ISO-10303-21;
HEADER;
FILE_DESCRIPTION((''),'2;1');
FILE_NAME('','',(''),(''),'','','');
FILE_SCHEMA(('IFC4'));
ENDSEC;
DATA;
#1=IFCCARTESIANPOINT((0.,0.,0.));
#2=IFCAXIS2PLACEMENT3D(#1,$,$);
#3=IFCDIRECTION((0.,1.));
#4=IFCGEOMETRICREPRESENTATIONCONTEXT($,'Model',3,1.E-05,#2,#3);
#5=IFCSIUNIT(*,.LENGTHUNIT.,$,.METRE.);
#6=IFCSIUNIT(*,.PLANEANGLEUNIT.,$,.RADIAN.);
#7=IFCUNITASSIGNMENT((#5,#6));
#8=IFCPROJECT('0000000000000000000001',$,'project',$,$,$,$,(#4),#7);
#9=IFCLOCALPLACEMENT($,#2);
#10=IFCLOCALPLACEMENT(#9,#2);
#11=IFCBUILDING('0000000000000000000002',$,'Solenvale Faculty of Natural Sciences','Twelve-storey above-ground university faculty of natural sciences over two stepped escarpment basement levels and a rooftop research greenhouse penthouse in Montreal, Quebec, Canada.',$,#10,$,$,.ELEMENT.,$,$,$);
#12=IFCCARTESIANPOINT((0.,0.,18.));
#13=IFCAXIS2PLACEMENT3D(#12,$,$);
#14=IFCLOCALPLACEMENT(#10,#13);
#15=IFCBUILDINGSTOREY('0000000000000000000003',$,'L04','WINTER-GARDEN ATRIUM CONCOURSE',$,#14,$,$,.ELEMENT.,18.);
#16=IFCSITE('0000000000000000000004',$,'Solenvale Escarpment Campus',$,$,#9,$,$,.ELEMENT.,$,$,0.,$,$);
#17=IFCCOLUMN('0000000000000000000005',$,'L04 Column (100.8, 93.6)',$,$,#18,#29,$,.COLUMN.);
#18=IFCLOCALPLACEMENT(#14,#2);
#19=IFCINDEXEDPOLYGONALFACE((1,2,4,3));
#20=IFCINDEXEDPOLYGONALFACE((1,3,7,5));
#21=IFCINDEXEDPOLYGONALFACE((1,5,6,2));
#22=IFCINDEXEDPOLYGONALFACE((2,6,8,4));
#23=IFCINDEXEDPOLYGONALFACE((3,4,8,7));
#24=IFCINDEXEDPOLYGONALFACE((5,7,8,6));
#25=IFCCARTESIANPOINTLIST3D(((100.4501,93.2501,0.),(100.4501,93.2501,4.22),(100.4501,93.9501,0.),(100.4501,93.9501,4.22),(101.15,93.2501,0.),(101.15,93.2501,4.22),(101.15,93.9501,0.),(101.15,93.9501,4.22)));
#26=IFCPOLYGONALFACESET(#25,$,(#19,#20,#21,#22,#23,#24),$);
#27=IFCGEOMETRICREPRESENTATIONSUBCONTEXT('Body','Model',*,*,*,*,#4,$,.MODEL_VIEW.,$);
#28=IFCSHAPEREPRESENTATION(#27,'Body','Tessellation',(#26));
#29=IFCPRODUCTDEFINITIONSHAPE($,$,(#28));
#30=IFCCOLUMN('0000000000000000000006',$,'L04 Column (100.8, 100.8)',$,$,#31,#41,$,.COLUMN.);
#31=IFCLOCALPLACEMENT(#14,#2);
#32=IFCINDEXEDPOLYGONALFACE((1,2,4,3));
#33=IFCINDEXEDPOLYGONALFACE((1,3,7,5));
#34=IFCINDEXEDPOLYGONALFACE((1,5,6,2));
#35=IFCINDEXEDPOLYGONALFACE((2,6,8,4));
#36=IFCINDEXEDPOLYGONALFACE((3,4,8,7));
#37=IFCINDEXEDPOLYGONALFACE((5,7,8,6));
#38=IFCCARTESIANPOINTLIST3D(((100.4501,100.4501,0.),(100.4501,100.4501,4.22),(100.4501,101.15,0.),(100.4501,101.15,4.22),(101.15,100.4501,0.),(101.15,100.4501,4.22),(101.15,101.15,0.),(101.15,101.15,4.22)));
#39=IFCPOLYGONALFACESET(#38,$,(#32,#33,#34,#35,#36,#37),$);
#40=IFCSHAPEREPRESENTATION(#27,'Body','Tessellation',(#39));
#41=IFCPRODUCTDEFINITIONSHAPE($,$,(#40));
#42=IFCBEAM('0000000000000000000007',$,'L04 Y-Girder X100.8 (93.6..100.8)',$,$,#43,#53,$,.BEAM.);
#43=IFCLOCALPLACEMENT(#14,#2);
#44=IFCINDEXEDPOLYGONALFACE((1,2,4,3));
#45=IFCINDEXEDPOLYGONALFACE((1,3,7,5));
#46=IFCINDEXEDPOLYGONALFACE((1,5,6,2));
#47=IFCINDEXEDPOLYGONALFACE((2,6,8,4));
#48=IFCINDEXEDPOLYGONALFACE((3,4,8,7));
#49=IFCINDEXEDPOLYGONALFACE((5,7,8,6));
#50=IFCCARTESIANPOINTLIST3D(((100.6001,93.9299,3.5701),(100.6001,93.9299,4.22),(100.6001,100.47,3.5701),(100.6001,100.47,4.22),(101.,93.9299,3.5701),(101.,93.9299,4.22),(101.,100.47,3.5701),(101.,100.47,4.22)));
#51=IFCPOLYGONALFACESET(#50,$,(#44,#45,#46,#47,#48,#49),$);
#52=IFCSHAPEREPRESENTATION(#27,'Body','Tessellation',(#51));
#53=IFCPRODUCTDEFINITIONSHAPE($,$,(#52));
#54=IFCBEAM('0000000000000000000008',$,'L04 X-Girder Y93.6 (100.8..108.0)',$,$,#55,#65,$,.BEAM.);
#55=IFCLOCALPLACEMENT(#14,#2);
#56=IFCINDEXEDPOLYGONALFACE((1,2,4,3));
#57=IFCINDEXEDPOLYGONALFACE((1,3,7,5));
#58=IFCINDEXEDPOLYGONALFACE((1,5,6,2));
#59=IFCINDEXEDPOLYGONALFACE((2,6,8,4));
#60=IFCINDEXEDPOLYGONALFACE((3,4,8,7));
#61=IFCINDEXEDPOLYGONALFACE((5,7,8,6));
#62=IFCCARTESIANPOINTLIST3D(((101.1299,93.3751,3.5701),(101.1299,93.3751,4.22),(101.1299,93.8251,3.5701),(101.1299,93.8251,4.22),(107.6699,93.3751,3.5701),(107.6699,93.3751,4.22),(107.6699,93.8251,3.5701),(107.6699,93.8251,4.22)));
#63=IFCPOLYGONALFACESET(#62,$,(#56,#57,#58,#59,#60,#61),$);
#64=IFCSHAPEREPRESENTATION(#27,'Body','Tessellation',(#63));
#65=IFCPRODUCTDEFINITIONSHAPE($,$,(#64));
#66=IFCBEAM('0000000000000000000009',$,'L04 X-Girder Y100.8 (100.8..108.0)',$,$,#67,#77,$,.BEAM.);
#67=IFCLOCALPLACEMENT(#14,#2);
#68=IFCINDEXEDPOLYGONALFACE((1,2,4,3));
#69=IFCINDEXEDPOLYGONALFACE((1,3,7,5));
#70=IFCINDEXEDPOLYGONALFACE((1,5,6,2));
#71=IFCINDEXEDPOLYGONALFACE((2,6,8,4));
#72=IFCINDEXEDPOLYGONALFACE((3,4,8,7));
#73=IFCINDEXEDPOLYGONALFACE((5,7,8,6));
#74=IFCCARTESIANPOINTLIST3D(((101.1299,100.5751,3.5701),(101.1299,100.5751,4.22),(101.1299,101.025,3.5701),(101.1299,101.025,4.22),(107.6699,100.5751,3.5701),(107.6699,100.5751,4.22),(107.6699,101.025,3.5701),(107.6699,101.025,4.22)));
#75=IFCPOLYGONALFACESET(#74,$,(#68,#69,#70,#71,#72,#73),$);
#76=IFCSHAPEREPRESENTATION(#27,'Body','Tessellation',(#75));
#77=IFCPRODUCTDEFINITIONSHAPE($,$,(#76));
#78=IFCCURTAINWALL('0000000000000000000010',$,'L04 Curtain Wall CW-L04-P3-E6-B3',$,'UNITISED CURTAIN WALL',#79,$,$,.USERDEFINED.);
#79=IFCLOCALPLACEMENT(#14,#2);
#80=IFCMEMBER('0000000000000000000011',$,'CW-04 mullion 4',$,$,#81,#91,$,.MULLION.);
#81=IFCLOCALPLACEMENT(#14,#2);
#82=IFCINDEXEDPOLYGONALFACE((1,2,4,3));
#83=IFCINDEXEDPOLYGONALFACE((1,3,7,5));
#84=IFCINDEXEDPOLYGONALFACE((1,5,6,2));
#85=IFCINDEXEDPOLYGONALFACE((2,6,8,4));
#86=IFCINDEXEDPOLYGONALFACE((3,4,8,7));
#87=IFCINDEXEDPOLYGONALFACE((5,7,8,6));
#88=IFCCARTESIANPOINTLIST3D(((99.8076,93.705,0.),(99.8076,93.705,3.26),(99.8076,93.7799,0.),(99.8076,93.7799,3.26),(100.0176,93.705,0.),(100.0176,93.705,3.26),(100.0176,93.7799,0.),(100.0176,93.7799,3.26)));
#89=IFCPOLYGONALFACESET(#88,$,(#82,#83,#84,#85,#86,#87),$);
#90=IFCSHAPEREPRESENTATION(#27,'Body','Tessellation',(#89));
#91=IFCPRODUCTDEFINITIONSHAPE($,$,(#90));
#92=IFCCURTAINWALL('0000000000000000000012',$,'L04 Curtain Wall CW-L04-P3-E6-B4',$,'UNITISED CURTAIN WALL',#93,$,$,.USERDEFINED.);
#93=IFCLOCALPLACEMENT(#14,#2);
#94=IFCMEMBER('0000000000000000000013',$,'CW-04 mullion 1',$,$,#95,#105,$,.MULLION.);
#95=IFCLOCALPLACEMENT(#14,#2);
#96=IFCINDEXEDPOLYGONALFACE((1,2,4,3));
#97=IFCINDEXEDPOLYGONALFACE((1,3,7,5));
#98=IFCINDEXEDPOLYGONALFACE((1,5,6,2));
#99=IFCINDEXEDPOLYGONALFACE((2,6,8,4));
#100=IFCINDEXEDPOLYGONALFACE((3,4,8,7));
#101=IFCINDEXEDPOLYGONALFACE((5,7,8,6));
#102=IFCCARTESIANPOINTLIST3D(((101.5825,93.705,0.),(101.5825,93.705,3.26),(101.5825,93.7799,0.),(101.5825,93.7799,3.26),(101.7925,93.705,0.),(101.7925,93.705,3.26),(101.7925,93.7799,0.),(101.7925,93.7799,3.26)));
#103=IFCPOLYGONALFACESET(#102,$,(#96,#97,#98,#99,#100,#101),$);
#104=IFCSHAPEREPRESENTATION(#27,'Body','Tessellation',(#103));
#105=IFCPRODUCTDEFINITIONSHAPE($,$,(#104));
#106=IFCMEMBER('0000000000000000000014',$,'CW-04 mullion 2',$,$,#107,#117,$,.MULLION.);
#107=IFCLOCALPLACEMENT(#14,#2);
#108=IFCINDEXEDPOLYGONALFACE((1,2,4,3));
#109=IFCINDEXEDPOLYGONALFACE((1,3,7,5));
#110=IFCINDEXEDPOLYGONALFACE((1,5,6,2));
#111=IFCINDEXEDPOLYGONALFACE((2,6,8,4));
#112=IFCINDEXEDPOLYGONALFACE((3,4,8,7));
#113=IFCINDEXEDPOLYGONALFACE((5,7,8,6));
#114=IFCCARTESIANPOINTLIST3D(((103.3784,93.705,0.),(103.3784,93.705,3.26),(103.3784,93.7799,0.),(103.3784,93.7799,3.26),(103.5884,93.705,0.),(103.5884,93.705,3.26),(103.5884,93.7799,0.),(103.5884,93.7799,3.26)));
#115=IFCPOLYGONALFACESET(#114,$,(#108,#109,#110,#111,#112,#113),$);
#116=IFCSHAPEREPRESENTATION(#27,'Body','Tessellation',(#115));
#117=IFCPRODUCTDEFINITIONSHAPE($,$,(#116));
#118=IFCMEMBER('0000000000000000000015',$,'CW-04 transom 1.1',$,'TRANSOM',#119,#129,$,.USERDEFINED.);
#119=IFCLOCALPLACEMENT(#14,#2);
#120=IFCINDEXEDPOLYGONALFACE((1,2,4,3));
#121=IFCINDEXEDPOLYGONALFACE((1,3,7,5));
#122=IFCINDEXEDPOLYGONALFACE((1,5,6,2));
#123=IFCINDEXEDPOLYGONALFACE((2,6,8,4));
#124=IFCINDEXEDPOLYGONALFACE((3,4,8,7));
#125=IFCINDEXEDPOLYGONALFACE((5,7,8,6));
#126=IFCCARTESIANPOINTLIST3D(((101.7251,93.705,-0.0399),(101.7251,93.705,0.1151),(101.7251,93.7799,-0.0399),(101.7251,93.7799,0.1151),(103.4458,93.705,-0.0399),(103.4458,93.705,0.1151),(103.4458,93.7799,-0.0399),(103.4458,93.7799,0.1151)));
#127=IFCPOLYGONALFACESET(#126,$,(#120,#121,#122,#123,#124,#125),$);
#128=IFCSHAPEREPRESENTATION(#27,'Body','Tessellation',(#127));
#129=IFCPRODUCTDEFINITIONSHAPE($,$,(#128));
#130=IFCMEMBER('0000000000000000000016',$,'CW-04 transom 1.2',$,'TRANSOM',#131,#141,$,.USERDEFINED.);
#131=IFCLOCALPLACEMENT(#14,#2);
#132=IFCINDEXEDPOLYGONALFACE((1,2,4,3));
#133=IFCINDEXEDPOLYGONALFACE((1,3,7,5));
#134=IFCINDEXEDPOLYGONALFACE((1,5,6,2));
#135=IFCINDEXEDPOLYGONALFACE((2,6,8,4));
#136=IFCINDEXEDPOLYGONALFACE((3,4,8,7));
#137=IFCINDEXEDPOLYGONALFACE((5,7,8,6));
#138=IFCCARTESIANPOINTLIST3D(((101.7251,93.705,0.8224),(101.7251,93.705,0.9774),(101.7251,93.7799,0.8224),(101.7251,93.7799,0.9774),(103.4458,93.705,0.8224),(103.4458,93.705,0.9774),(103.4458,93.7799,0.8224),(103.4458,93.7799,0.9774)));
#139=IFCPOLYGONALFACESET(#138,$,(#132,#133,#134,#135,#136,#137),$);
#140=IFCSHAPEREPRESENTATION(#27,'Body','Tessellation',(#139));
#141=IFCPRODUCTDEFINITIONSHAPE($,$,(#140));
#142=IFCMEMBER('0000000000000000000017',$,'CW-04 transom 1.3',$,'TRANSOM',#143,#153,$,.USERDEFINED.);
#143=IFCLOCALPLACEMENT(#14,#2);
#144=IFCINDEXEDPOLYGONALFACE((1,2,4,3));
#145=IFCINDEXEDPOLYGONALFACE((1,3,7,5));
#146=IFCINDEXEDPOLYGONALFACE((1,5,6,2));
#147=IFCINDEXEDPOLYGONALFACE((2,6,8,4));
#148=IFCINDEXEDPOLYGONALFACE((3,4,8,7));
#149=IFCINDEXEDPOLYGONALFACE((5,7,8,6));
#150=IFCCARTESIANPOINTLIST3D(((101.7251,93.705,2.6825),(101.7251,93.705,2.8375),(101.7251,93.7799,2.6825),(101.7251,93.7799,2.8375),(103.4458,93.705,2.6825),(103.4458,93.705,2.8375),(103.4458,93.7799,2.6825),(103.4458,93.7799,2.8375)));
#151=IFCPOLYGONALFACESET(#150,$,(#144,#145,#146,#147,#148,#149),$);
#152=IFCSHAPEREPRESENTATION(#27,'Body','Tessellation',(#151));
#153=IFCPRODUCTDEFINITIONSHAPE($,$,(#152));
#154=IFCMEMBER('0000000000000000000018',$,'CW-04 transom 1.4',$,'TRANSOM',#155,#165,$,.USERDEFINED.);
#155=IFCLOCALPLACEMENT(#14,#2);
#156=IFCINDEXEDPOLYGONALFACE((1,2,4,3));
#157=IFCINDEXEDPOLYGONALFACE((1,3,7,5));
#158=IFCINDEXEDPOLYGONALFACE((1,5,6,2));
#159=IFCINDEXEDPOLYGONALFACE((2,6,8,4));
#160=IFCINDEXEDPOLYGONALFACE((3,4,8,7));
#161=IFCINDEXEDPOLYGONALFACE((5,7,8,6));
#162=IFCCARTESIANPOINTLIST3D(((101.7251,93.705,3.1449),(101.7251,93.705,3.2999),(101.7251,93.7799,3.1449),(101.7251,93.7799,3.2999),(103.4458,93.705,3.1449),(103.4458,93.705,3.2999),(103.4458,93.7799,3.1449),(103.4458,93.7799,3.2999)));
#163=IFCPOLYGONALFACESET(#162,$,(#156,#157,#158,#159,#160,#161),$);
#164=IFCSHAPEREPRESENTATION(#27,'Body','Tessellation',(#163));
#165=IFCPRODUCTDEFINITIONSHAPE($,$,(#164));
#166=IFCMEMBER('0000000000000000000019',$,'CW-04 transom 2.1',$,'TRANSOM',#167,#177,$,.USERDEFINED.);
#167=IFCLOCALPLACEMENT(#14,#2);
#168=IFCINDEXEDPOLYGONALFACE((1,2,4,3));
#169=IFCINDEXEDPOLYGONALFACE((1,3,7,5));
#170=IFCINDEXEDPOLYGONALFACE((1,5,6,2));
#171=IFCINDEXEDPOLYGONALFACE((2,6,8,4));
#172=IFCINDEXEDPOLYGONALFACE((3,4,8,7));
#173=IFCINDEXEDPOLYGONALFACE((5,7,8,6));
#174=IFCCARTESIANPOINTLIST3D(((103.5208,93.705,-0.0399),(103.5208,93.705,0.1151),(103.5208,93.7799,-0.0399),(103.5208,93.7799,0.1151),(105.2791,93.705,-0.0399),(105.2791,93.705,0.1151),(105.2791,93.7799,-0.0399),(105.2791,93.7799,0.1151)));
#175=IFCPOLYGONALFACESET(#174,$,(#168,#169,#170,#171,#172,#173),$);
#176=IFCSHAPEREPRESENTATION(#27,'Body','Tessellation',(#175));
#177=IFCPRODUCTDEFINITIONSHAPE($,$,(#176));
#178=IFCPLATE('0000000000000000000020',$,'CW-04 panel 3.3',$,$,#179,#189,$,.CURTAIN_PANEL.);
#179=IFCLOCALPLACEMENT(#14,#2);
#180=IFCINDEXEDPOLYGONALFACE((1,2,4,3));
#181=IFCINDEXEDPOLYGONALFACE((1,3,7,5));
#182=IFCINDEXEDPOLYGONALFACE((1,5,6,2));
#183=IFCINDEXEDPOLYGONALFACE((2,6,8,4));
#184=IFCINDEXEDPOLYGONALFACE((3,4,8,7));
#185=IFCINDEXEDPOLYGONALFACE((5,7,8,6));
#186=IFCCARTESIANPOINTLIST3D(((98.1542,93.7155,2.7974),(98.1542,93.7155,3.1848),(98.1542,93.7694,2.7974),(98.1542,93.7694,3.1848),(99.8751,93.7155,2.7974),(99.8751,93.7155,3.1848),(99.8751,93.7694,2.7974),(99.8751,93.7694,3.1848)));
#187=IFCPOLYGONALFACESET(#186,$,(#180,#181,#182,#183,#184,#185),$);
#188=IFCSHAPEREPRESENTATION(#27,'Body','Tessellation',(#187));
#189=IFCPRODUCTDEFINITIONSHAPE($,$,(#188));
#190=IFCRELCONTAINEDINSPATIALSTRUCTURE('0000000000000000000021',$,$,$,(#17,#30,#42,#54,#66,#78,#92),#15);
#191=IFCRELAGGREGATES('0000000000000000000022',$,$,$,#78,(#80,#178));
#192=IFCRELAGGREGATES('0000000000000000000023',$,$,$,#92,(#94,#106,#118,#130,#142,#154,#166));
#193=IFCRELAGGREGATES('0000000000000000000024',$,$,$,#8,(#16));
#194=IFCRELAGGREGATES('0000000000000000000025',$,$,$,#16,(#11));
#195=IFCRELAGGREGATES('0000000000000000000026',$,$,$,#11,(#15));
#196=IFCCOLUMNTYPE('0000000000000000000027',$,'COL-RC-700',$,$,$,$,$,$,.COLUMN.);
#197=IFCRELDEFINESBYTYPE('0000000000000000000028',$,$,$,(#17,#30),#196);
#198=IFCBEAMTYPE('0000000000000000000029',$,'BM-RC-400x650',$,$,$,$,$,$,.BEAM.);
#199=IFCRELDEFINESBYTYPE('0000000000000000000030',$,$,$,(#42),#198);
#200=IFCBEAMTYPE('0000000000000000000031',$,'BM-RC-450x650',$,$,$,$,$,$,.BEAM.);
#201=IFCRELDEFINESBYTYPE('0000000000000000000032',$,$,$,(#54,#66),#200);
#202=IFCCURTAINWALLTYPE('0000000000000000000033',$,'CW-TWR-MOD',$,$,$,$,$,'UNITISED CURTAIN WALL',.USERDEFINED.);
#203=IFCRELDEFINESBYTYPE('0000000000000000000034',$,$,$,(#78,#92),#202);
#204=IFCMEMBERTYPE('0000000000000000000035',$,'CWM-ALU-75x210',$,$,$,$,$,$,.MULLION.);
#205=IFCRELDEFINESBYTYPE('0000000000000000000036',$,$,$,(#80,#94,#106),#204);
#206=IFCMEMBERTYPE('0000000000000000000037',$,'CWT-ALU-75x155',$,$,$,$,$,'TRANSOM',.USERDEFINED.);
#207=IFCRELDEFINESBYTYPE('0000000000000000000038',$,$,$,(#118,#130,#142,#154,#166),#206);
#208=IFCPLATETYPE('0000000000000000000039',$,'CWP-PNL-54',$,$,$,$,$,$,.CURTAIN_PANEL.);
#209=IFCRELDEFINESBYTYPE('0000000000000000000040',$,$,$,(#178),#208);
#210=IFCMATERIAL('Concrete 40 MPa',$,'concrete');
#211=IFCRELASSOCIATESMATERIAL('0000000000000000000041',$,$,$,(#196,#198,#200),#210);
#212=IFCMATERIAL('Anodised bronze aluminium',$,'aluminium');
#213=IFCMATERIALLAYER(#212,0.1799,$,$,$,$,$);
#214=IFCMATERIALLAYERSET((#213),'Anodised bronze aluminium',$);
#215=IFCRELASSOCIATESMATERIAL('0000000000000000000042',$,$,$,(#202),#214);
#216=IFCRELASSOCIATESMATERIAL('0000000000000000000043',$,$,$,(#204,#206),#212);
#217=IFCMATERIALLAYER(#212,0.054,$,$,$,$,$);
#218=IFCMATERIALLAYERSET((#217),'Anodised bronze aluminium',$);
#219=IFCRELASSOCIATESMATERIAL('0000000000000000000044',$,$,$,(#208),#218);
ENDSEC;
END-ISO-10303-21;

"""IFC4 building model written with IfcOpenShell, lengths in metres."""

from ifc_helpers import new_model, si_unit, direction, frame, origin, origin_2d, place, context, subcontext, project, spatial, rectangle, extrude, material, layer, layer_set, material_profile, profile_set, type_object, element, aggregate, save


model = new_model("IFC4")

# Units and contexts
model_context = context("Model", 3, precision=1e-05, world=origin(), true_north=direction((0.0, 1.0)))
body_context = subcontext(model_context, "Body", "Model", "MODEL_VIEW")
ifc_project = project(units=[si_unit("LENGTHUNIT", "METRE"), si_unit("PLANEANGLEUNIT", "RADIAN")], contexts=[model_context])

# Site, building, storey
site_placement = place(None, origin())
site = spatial("IfcSite", under=ifc_project, at=site_placement, Name="Solenvale Escarpment Campus", CompositionType="ELEMENT", RefElevation=0.0)
building_placement = place(site_placement, origin())
building = spatial("IfcBuilding", under=site, at=building_placement, Name="Solenvale Faculty of Natural Sciences", Description="Twelve-storey above-ground university faculty of natural sciences over two stepped escarpment basement levels and a rooftop research greenhouse penthouse in Montreal, Quebec, Canada.", CompositionType="ELEMENT")
storey_placement = place(building_placement, frame((0.0, 0.0, 18.0)))
storey = spatial("IfcBuildingStorey", under=building, at=storey_placement, Name="L04", Description="WINTER-GARDEN ATRIUM CONCOURSE", CompositionType="ELEMENT", Elevation=18.0)

# Columns
ifc_material_1 = material(Name="Concrete 40 MPa", Category="concrete")
ifc_material_profile_1 = material_profile(ifc_material_1, rectangle(XDim=0.7, YDim=0.7, at=origin_2d()), Name="RC-COL-700x700")
ifc_profile_set_1 = profile_set([ifc_material_profile_1], Name="Concrete 40 MPa")
column_type = type_object("IfcColumnType", Name="COL-RC-700", PredefinedType="COLUMN", material=ifc_profile_set_1)
for number, where, z_axis, x_axis, name in (
    (1, (100.8, 93.6001, 0.0), (0.0, 0.0, 1.0), (1.0, 0.0, 0.0), "L04 Column (100.8, 93.6)"),
    (2, (100.8, 100.8, 0.0), (0.0, 0.0, 1.0), (1.0, 0.0, 0.0), "L04 Column (100.8, 100.8)"),
):
    element("IfcColumn", number, at=place(storey_placement, frame(where, z_axis=z_axis, x_axis=x_axis)), inside=storey, type_object=column_type, Name=name, PredefinedType="COLUMN", context=body_context, shape_type="SweptSolid", body=[
        extrude(rectangle(XDim=0.7, YDim=0.7, at=origin_2d()), origin(), (0.0, 0.0, 1.0), 4.22),
    ])

# Beams
ifc_material_profile_2 = material_profile(ifc_material_1, rectangle(XDim=0.3999, YDim=0.6499, at=origin_2d()), Name="RC-BM-400x650")
ifc_profile_set_2 = profile_set([ifc_material_profile_2], Name="Concrete 40 MPa")
beam_type_1 = type_object("IfcBeamType", Name="BM-RC-400x650", PredefinedType="BEAM", material=ifc_profile_set_2)
beam_placement = place(storey_placement, frame((100.8, 93.9299, 3.895), z_axis=(0.0, 1.0, 0.0), x_axis=(-1.0, 0.0, 0.0)))
element("IfcBeam", 3, at=beam_placement, inside=storey, type_object=beam_type_1, Name="L04 Y-Girder X100.8 (93.6..100.8)", PredefinedType="BEAM", context=body_context, shape_type="SweptSolid", body=[
    extrude(rectangle(XDim=0.3999, YDim=0.6499, at=origin_2d()), origin(), (0.0, 0.0, 1.0), 6.54),
])
ifc_material_profile_3 = material_profile(ifc_material_1, rectangle(XDim=0.45, YDim=0.6499, at=origin_2d()), Name="RC-BM-450x650")
ifc_profile_set_3 = profile_set([ifc_material_profile_3], Name="Concrete 40 MPa")
beam_type_2 = type_object("IfcBeamType", Name="BM-RC-450x650", PredefinedType="BEAM", material=ifc_profile_set_3)
for number, where, z_axis, x_axis, name in (
    (4, (101.1299, 93.6001, 3.895), (1.0, 0.0, 0.0), (0.0, 1.0, 0.0), "L04 X-Girder Y93.6 (100.8..108.0)"),
    (5, (101.1299, 100.8, 3.895), (1.0, 0.0, 0.0), (0.0, 1.0, 0.0), "L04 X-Girder Y100.8 (100.8..108.0)"),
):
    element("IfcBeam", number, at=place(storey_placement, frame(where, z_axis=z_axis, x_axis=x_axis)), inside=storey, type_object=beam_type_2, Name=name, PredefinedType="BEAM", context=body_context, shape_type="SweptSolid", body=[
        extrude(rectangle(XDim=0.45, YDim=0.6499, at=origin_2d()), origin(), (0.0, 0.0, 1.0), 6.54),
    ])

# Curtain wall, member
ifc_material_2 = material(Name="Anodised bronze aluminium", Category="aluminium")
ifc_layer_1 = layer(ifc_material_2, 0.1799)
ifc_layer_set_1 = layer_set([ifc_layer_1], Name="Anodised bronze aluminium")
curtain_wall_type = type_object("IfcCurtainWallType", Name="CW-TWR-MOD", ElementType="UNITISED CURTAIN WALL", PredefinedType="USERDEFINED", material=ifc_layer_set_1)
curtain_wall_1_placement = place(storey_placement, origin())
curtain_wall_1 = element("IfcCurtainWall", 6, at=curtain_wall_1_placement, inside=storey, type_object=curtain_wall_type, Name="L04 Curtain Wall CW-L04-P3-E6-B3", ObjectType="UNITISED CURTAIN WALL", PredefinedType="USERDEFINED")
ifc_material_profile_4 = material_profile(ifc_material_2, rectangle(XDim=0.075, YDim=0.21, at=origin_2d()), Name="ALU-MUL-75x210")
ifc_profile_set_4 = profile_set([ifc_material_profile_4], Name="Anodised bronze aluminium")
member_type_1 = type_object("IfcMemberType", Name="CWM-ALU-75x210", PredefinedType="MULLION", material=ifc_profile_set_4)
member_1_placement = place(storey_placement, frame((99.9126, 93.7424, 0.0), z_axis=(0.0, 0.0, 1.0), x_axis=(0.0, 1.0, 0.0)))
member_1 = element("IfcMember", 7, at=member_1_placement, type_object=member_type_1, Name="CW-04 mullion 4", PredefinedType="MULLION", context=body_context, shape_type="SweptSolid", body=[
    extrude(rectangle(XDim=0.075, YDim=0.21, at=origin_2d()), origin(), (0.0, 0.0, 1.0), 3.26),
])

# Curtain wall, members
curtain_wall_2_placement = place(storey_placement, origin())
curtain_wall_2 = element("IfcCurtainWall", 8, at=curtain_wall_2_placement, inside=storey, type_object=curtain_wall_type, Name="L04 Curtain Wall CW-L04-P3-E6-B4", ObjectType="UNITISED CURTAIN WALL", PredefinedType="USERDEFINED")
member_2_placement = place(storey_placement, frame((101.6875, 93.7424, 0.0), z_axis=(0.0, 0.0, 1.0), x_axis=(0.0, 1.0, 0.0)))
member_2 = element("IfcMember", 9, at=member_2_placement, type_object=member_type_1, Name="CW-04 mullion 1", PredefinedType="MULLION", context=body_context, shape_type="SweptSolid", body=[
    extrude(rectangle(XDim=0.075, YDim=0.21, at=origin_2d()), origin(), (0.0, 0.0, 1.0), 3.26),
])
member_3_placement = place(storey_placement, frame((103.4834, 93.7424, 0.0), z_axis=(0.0, 0.0, 1.0), x_axis=(0.0, 1.0, 0.0)))
member_3 = element("IfcMember", 10, at=member_3_placement, type_object=member_type_1, Name="CW-04 mullion 2", PredefinedType="MULLION", context=body_context, shape_type="SweptSolid", body=[
    extrude(rectangle(XDim=0.075, YDim=0.21, at=origin_2d()), origin(), (0.0, 0.0, 1.0), 3.26),
])
ifc_material_profile_5 = material_profile(ifc_material_2, rectangle(XDim=0.075, YDim=0.155, at=origin_2d()), Name="ALU-TRN-75x155")
ifc_profile_set_5 = profile_set([ifc_material_profile_5], Name="Anodised bronze aluminium")
member_type_2 = type_object("IfcMemberType", Name="CWT-ALU-75x155", ElementType="TRANSOM", PredefinedType="USERDEFINED", material=ifc_profile_set_5)
member_4_placement = place(storey_placement, frame((101.7251, 93.7424, 0.0376), z_axis=(1.0, 0.0, 0.0), x_axis=(0.0, 1.0, 0.0)))
member_4 = element("IfcMember", 11, at=member_4_placement, type_object=member_type_2, Name="CW-04 transom 1.1", ObjectType="TRANSOM", PredefinedType="USERDEFINED", context=body_context, shape_type="SweptSolid", body=[
    extrude(rectangle(XDim=0.075, YDim=0.155, at=origin_2d()), origin(), (0.0, 0.0, 1.0), 1.7207),
])
member_5_placement = place(storey_placement, frame((101.7251, 93.7424, 0.8999), z_axis=(1.0, 0.0, 0.0), x_axis=(0.0, 1.0, 0.0)))
member_5 = element("IfcMember", 12, at=member_5_placement, type_object=member_type_2, Name="CW-04 transom 1.2", ObjectType="TRANSOM", PredefinedType="USERDEFINED", context=body_context, shape_type="SweptSolid", body=[
    extrude(rectangle(XDim=0.075, YDim=0.155, at=origin_2d()), origin(), (0.0, 0.0, 1.0), 1.7207),
])
member_6_placement = place(storey_placement, frame((101.7251, 93.7424, 2.76), z_axis=(1.0, 0.0, 0.0), x_axis=(0.0, 1.0, 0.0)))
member_6 = element("IfcMember", 13, at=member_6_placement, type_object=member_type_2, Name="CW-04 transom 1.3", ObjectType="TRANSOM", PredefinedType="USERDEFINED", context=body_context, shape_type="SweptSolid", body=[
    extrude(rectangle(XDim=0.075, YDim=0.155, at=origin_2d()), origin(), (0.0, 0.0, 1.0), 1.7207),
])
member_7_placement = place(storey_placement, frame((101.7251, 93.7424, 3.2224), z_axis=(1.0, 0.0, 0.0), x_axis=(0.0, 1.0, 0.0)))
member_7 = element("IfcMember", 14, at=member_7_placement, type_object=member_type_2, Name="CW-04 transom 1.4", ObjectType="TRANSOM", PredefinedType="USERDEFINED", context=body_context, shape_type="SweptSolid", body=[
    extrude(rectangle(XDim=0.075, YDim=0.155, at=origin_2d()), origin(), (0.0, 0.0, 1.0), 1.7207),
])
member_8_placement = place(storey_placement, frame((103.5208, 93.7424, 0.0376), z_axis=(1.0, 0.0, 0.0), x_axis=(0.0, 1.0, 0.0)))
member_8 = element("IfcMember", 15, at=member_8_placement, type_object=member_type_2, Name="CW-04 transom 2.1", ObjectType="TRANSOM", PredefinedType="USERDEFINED", context=body_context, shape_type="SweptSolid", body=[
    extrude(rectangle(XDim=0.075, YDim=0.155, at=origin_2d()), origin(), (0.0, 0.0, 1.0), 1.7583),
])

# Plate
ifc_layer_2 = layer(ifc_material_2, 0.054)
ifc_layer_set_2 = layer_set([ifc_layer_2], Name="Anodised bronze aluminium")
plate_type_1 = type_object("IfcPlateType", Name="CWP-PNL-54", PredefinedType="CURTAIN_PANEL", material=ifc_layer_set_2)
plate_1_placement = place(storey_placement, frame((99.0146, 93.7424, 2.7974), z_axis=(0.0, 0.0, 1.0), x_axis=(1.0, 0.0, 0.0)))
plate_1 = element("IfcPlate", 16, at=plate_1_placement, type_object=plate_type_1, Name="CW-04 panel 3.3", PredefinedType="CURTAIN_PANEL", context=body_context, shape_type="SweptSolid", body=[
    extrude(rectangle(XDim=1.7209, YDim=0.054, at=origin_2d()), origin(), (0.0, 0.0, 1.0), 0.3875),
])
aggregate(curtain_wall_1, [member_1, plate_1])
aggregate(curtain_wall_2, [member_2, member_3, member_4, member_5, member_6, member_7, member_8])

save(model, "model.ifc")
